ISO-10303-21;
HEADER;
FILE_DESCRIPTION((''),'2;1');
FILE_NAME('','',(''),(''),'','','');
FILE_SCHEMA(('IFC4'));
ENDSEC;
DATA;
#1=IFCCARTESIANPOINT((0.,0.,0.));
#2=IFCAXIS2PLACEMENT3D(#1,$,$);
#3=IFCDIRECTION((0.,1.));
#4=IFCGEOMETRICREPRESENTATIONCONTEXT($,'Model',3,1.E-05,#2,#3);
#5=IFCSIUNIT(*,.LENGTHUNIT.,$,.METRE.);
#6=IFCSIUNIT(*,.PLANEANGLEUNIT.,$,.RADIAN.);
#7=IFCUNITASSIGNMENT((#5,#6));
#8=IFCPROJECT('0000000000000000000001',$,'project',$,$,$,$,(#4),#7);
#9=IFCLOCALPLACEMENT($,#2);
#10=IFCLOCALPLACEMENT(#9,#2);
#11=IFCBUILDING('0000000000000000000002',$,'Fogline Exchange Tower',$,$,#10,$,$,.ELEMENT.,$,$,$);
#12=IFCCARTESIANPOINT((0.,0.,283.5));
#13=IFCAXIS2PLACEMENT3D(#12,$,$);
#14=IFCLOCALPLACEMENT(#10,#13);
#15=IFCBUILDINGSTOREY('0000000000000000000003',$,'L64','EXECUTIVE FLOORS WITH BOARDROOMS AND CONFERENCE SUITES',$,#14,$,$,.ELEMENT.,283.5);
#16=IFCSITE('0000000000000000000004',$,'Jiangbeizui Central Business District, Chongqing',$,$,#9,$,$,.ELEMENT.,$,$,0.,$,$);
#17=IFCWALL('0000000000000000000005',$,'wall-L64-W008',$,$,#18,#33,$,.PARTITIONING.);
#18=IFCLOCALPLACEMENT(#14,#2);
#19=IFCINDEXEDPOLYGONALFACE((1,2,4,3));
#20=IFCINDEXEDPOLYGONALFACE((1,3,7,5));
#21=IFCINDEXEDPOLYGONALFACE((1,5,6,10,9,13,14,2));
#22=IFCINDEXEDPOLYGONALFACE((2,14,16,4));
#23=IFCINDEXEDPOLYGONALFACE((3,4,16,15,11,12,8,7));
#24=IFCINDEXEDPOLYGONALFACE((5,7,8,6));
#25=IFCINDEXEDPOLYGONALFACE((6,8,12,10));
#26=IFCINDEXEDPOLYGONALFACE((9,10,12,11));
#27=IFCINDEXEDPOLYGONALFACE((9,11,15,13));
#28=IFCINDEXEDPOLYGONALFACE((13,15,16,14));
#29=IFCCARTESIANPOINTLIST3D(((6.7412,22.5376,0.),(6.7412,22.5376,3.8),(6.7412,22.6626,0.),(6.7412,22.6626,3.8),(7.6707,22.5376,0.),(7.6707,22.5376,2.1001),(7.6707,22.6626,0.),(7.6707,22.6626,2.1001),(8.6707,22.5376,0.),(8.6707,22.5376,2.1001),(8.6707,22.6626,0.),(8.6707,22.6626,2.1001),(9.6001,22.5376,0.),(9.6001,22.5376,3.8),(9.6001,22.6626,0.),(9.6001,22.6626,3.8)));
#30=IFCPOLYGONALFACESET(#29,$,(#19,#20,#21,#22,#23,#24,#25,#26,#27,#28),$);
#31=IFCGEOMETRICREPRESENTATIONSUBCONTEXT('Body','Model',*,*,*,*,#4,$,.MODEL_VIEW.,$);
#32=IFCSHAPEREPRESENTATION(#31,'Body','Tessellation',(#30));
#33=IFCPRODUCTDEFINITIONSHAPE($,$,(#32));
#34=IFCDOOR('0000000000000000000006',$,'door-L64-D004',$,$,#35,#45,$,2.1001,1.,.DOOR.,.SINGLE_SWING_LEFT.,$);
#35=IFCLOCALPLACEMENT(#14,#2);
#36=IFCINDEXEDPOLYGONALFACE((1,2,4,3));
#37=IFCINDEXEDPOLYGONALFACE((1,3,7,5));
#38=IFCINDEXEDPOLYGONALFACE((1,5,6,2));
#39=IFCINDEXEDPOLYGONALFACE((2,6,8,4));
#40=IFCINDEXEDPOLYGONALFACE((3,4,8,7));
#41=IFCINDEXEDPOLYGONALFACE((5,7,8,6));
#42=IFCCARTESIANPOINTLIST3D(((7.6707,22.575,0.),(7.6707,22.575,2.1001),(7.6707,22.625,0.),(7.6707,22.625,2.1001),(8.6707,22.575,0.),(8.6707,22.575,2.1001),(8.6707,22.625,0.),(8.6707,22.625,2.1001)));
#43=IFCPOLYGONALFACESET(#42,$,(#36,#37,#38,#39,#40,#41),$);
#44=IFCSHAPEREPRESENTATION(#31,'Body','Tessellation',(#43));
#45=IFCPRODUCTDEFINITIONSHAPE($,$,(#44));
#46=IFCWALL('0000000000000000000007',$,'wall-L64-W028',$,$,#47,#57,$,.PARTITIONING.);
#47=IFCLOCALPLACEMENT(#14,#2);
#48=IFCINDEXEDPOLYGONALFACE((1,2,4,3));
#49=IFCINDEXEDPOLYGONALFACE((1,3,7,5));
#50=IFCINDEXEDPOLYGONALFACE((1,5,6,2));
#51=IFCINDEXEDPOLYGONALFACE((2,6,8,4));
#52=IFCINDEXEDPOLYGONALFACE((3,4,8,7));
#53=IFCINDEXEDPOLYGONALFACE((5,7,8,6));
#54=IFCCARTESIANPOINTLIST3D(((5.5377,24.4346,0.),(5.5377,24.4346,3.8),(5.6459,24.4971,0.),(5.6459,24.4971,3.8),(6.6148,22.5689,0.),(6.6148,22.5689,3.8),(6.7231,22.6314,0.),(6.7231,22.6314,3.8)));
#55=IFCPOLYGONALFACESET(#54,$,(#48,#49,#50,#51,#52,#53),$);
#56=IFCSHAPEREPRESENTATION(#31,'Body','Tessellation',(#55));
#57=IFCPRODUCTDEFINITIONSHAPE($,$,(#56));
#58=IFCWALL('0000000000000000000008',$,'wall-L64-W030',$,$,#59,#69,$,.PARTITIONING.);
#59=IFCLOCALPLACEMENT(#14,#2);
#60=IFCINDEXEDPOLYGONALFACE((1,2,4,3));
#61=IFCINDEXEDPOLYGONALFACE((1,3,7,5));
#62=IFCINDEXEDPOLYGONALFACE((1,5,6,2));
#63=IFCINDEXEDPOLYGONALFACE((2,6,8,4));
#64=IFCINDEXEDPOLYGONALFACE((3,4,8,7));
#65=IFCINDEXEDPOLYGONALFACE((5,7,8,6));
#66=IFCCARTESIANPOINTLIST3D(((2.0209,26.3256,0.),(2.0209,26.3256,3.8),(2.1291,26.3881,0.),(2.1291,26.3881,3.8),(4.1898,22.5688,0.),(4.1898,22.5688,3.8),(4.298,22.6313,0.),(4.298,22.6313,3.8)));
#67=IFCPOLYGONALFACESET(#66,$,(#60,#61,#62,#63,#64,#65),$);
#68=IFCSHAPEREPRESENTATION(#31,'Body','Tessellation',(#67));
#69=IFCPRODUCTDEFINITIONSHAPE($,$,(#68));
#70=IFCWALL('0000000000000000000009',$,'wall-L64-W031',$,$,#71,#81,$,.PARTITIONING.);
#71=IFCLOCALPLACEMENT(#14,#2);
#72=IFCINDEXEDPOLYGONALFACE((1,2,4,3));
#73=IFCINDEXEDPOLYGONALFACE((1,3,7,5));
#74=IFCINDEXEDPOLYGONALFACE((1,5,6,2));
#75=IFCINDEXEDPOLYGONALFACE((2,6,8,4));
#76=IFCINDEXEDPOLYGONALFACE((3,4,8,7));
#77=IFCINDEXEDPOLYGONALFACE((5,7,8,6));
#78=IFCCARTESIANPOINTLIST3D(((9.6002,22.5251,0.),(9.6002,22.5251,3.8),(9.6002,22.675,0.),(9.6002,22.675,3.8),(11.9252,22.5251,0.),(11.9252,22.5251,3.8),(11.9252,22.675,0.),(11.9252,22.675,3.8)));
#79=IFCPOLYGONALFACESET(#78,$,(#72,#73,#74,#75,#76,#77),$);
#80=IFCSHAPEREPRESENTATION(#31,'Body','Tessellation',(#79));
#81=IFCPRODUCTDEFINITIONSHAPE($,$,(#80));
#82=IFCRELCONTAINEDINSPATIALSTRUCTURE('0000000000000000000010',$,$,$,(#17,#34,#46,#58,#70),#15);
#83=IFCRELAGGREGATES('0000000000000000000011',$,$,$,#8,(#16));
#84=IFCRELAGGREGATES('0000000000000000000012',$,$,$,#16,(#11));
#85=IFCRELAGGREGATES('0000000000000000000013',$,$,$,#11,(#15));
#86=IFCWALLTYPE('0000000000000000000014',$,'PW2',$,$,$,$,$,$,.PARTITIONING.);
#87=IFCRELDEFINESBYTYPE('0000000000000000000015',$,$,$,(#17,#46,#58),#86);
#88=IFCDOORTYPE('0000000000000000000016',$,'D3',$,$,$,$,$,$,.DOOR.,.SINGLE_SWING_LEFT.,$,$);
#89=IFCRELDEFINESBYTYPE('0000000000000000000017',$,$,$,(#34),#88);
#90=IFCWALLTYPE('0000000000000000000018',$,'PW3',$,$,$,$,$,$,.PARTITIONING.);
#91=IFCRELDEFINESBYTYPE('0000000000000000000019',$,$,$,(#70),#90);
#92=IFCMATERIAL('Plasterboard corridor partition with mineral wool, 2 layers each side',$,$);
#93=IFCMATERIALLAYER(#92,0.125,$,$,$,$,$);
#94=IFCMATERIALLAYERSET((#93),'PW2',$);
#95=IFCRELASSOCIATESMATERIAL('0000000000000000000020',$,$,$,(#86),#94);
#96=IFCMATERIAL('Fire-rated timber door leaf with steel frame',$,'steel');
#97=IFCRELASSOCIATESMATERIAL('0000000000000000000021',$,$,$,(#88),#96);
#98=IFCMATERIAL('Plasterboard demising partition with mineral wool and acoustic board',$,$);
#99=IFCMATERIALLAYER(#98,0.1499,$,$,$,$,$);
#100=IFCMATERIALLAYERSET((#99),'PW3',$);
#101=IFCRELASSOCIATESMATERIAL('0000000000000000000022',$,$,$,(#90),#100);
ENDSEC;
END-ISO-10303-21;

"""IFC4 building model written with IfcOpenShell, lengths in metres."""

from ifc_helpers import new_model, si_unit, direction, frame, frame_2d, origin, place, context, subcontext, project, spatial, rectangle, extrude, material, layer, layer_set, type_object, element, fill, save


model = new_model("IFC4")

# Units and contexts
model_context = context("Model", 3, precision=1e-05, world=origin(), true_north=direction((0.0, 1.0)))
body_context = subcontext(model_context, "Body", "Model", "MODEL_VIEW")
ifc_project = project(units=[si_unit("LENGTHUNIT", "METRE"), si_unit("PLANEANGLEUNIT", "RADIAN")], contexts=[model_context])

# Site, building, storey
site_placement = place(None, origin())
site = spatial("IfcSite", under=ifc_project, at=site_placement, Name="Jiangbeizui Central Business District, Chongqing", CompositionType="ELEMENT", RefElevation=0.0)
building_placement = place(site_placement, origin())
building = spatial("IfcBuilding", under=site, at=building_placement, Name="Fogline Exchange Tower", CompositionType="ELEMENT")
storey_placement = place(building_placement, frame((0.0, 0.0, 283.5)))
storey = spatial("IfcBuildingStorey", under=building, at=storey_placement, Name="L64", Description="EXECUTIVE FLOORS WITH BOARDROOMS AND CONFERENCE SUITES", CompositionType="ELEMENT", Elevation=283.5)

# Shared definitions
ifc_material_1 = material(Name="Plasterboard corridor partition with mineral wool, 2 layers each side")
ifc_layer_1 = layer(ifc_material_1, 0.125)
ifc_layer_set_1 = layer_set([ifc_layer_1], Name="PW2")
wall_type_1 = type_object("IfcWallType", Name="PW2", PredefinedType="PARTITIONING", material=ifc_layer_set_1)

# Wall, opening, door
wall_1_placement = place(storey_placement, frame((6.7412, 22.6001, 0.0), z_axis=(0.0, 0.0, 1.0), x_axis=(1.0, 0.0, 0.0)))
wall_1 = element("IfcWall", 1, at=wall_1_placement, inside=storey, type_object=wall_type_1, Name="wall-L64-W008", PredefinedType="PARTITIONING", context=body_context, shape_type="SweptSolid", body=[
    extrude(rectangle(XDim=2.8589, YDim=0.125, at=frame_2d((1.4294, 0.0))), origin(), (0.0, 0.0, 1.0), 3.8),
])
opening_1_placement = place(wall_1_placement, frame((0.9294, 0.0, 0.0)))
opening_1 = element("IfcOpeningElement", 2, at=opening_1_placement, cuts=wall_1, PredefinedType="OPENING", context=body_context, shape_type="SweptSolid", body=[
    extrude(rectangle(XDim=1.0, YDim=2.1001, at=frame_2d((0.5, 1.05))), frame((0.0, 0.0725, 0.0), z_axis=(0.0, -1.0, 0.0), x_axis=(1.0, 0.0, 0.0)), (0.0, 0.0, 1.0), 0.145),
])
ifc_material_2 = material(Name="Fire-rated timber door leaf with steel frame", Category="steel")
door_type_1 = type_object("IfcDoorType", Name="D3", OperationType="SINGLE_SWING_LEFT", PredefinedType="DOOR", material=ifc_material_2)
door_1_placement = place(opening_1_placement, origin())
door_1 = element("IfcDoor", 3, at=door_1_placement, inside=storey, type_object=door_type_1, Name="door-L64-D004", OperationType="SINGLE_SWING_LEFT", OverallHeight=2.1001, OverallWidth=1.0, PredefinedType="DOOR", context=body_context, shape_type="SweptSolid", body=[
    extrude(rectangle(XDim=1.0, YDim=2.1001, at=frame_2d((0.5, 1.05))), frame((0.0, 0.0249, 0.0), z_axis=(0.0, -1.0, 0.0), x_axis=(1.0, 0.0, 0.0)), (0.0, 0.0, 1.0), 0.05),
])
fill(opening_1, door_1)

# Walls
wall_2_placement = place(storey_placement, frame((5.5918, 24.4658, 0.0), z_axis=(0.0, 0.0, 1.0), x_axis=(0.499991, -0.866031, 0.0)))
element("IfcWall", 4, at=wall_2_placement, inside=storey, type_object=wall_type_1, Name="wall-L64-W028", PredefinedType="PARTITIONING", context=body_context, shape_type="SweptSolid", body=[
    extrude(rectangle(XDim=2.1543, YDim=0.125, at=frame_2d((1.0771, 0.0))), origin(), (0.0, 0.0, 1.0), 3.8),
])
wall_3_placement = place(storey_placement, frame((4.2439, 22.6001, 0.0), z_axis=(0.0, 0.0, 1.0), x_axis=(-0.499989, 0.866032, 0.0)))
element("IfcWall", 5, at=wall_3_placement, inside=storey, type_object=wall_type_1, Name="wall-L64-W030", PredefinedType="PARTITIONING", context=body_context, shape_type="SweptSolid", body=[
    extrude(rectangle(XDim=4.3379, YDim=0.125, at=frame_2d((2.1689, 0.0))), origin(), (0.0, 0.0, 1.0), 3.8),
])
ifc_material_3 = material(Name="Plasterboard demising partition with mineral wool and acoustic board")
ifc_layer_2 = layer(ifc_material_3, 0.1499)
ifc_layer_set_2 = layer_set([ifc_layer_2], Name="PW3")
wall_type_2 = type_object("IfcWallType", Name="PW3", PredefinedType="PARTITIONING", material=ifc_layer_set_2)
wall_4_placement = place(storey_placement, frame((9.6001, 22.6001, 0.0), z_axis=(0.0, 0.0, 1.0), x_axis=(1.0, 0.0, 0.0)))
element("IfcWall", 6, at=wall_4_placement, inside=storey, type_object=wall_type_2, Name="wall-L64-W031", PredefinedType="PARTITIONING", context=body_context, shape_type="SweptSolid", body=[
    extrude(rectangle(XDim=2.325, YDim=0.1499, at=frame_2d((1.1626, 0.0))), origin(), (0.0, 0.0, 1.0), 3.8),
])

save(model, "model.ifc")
